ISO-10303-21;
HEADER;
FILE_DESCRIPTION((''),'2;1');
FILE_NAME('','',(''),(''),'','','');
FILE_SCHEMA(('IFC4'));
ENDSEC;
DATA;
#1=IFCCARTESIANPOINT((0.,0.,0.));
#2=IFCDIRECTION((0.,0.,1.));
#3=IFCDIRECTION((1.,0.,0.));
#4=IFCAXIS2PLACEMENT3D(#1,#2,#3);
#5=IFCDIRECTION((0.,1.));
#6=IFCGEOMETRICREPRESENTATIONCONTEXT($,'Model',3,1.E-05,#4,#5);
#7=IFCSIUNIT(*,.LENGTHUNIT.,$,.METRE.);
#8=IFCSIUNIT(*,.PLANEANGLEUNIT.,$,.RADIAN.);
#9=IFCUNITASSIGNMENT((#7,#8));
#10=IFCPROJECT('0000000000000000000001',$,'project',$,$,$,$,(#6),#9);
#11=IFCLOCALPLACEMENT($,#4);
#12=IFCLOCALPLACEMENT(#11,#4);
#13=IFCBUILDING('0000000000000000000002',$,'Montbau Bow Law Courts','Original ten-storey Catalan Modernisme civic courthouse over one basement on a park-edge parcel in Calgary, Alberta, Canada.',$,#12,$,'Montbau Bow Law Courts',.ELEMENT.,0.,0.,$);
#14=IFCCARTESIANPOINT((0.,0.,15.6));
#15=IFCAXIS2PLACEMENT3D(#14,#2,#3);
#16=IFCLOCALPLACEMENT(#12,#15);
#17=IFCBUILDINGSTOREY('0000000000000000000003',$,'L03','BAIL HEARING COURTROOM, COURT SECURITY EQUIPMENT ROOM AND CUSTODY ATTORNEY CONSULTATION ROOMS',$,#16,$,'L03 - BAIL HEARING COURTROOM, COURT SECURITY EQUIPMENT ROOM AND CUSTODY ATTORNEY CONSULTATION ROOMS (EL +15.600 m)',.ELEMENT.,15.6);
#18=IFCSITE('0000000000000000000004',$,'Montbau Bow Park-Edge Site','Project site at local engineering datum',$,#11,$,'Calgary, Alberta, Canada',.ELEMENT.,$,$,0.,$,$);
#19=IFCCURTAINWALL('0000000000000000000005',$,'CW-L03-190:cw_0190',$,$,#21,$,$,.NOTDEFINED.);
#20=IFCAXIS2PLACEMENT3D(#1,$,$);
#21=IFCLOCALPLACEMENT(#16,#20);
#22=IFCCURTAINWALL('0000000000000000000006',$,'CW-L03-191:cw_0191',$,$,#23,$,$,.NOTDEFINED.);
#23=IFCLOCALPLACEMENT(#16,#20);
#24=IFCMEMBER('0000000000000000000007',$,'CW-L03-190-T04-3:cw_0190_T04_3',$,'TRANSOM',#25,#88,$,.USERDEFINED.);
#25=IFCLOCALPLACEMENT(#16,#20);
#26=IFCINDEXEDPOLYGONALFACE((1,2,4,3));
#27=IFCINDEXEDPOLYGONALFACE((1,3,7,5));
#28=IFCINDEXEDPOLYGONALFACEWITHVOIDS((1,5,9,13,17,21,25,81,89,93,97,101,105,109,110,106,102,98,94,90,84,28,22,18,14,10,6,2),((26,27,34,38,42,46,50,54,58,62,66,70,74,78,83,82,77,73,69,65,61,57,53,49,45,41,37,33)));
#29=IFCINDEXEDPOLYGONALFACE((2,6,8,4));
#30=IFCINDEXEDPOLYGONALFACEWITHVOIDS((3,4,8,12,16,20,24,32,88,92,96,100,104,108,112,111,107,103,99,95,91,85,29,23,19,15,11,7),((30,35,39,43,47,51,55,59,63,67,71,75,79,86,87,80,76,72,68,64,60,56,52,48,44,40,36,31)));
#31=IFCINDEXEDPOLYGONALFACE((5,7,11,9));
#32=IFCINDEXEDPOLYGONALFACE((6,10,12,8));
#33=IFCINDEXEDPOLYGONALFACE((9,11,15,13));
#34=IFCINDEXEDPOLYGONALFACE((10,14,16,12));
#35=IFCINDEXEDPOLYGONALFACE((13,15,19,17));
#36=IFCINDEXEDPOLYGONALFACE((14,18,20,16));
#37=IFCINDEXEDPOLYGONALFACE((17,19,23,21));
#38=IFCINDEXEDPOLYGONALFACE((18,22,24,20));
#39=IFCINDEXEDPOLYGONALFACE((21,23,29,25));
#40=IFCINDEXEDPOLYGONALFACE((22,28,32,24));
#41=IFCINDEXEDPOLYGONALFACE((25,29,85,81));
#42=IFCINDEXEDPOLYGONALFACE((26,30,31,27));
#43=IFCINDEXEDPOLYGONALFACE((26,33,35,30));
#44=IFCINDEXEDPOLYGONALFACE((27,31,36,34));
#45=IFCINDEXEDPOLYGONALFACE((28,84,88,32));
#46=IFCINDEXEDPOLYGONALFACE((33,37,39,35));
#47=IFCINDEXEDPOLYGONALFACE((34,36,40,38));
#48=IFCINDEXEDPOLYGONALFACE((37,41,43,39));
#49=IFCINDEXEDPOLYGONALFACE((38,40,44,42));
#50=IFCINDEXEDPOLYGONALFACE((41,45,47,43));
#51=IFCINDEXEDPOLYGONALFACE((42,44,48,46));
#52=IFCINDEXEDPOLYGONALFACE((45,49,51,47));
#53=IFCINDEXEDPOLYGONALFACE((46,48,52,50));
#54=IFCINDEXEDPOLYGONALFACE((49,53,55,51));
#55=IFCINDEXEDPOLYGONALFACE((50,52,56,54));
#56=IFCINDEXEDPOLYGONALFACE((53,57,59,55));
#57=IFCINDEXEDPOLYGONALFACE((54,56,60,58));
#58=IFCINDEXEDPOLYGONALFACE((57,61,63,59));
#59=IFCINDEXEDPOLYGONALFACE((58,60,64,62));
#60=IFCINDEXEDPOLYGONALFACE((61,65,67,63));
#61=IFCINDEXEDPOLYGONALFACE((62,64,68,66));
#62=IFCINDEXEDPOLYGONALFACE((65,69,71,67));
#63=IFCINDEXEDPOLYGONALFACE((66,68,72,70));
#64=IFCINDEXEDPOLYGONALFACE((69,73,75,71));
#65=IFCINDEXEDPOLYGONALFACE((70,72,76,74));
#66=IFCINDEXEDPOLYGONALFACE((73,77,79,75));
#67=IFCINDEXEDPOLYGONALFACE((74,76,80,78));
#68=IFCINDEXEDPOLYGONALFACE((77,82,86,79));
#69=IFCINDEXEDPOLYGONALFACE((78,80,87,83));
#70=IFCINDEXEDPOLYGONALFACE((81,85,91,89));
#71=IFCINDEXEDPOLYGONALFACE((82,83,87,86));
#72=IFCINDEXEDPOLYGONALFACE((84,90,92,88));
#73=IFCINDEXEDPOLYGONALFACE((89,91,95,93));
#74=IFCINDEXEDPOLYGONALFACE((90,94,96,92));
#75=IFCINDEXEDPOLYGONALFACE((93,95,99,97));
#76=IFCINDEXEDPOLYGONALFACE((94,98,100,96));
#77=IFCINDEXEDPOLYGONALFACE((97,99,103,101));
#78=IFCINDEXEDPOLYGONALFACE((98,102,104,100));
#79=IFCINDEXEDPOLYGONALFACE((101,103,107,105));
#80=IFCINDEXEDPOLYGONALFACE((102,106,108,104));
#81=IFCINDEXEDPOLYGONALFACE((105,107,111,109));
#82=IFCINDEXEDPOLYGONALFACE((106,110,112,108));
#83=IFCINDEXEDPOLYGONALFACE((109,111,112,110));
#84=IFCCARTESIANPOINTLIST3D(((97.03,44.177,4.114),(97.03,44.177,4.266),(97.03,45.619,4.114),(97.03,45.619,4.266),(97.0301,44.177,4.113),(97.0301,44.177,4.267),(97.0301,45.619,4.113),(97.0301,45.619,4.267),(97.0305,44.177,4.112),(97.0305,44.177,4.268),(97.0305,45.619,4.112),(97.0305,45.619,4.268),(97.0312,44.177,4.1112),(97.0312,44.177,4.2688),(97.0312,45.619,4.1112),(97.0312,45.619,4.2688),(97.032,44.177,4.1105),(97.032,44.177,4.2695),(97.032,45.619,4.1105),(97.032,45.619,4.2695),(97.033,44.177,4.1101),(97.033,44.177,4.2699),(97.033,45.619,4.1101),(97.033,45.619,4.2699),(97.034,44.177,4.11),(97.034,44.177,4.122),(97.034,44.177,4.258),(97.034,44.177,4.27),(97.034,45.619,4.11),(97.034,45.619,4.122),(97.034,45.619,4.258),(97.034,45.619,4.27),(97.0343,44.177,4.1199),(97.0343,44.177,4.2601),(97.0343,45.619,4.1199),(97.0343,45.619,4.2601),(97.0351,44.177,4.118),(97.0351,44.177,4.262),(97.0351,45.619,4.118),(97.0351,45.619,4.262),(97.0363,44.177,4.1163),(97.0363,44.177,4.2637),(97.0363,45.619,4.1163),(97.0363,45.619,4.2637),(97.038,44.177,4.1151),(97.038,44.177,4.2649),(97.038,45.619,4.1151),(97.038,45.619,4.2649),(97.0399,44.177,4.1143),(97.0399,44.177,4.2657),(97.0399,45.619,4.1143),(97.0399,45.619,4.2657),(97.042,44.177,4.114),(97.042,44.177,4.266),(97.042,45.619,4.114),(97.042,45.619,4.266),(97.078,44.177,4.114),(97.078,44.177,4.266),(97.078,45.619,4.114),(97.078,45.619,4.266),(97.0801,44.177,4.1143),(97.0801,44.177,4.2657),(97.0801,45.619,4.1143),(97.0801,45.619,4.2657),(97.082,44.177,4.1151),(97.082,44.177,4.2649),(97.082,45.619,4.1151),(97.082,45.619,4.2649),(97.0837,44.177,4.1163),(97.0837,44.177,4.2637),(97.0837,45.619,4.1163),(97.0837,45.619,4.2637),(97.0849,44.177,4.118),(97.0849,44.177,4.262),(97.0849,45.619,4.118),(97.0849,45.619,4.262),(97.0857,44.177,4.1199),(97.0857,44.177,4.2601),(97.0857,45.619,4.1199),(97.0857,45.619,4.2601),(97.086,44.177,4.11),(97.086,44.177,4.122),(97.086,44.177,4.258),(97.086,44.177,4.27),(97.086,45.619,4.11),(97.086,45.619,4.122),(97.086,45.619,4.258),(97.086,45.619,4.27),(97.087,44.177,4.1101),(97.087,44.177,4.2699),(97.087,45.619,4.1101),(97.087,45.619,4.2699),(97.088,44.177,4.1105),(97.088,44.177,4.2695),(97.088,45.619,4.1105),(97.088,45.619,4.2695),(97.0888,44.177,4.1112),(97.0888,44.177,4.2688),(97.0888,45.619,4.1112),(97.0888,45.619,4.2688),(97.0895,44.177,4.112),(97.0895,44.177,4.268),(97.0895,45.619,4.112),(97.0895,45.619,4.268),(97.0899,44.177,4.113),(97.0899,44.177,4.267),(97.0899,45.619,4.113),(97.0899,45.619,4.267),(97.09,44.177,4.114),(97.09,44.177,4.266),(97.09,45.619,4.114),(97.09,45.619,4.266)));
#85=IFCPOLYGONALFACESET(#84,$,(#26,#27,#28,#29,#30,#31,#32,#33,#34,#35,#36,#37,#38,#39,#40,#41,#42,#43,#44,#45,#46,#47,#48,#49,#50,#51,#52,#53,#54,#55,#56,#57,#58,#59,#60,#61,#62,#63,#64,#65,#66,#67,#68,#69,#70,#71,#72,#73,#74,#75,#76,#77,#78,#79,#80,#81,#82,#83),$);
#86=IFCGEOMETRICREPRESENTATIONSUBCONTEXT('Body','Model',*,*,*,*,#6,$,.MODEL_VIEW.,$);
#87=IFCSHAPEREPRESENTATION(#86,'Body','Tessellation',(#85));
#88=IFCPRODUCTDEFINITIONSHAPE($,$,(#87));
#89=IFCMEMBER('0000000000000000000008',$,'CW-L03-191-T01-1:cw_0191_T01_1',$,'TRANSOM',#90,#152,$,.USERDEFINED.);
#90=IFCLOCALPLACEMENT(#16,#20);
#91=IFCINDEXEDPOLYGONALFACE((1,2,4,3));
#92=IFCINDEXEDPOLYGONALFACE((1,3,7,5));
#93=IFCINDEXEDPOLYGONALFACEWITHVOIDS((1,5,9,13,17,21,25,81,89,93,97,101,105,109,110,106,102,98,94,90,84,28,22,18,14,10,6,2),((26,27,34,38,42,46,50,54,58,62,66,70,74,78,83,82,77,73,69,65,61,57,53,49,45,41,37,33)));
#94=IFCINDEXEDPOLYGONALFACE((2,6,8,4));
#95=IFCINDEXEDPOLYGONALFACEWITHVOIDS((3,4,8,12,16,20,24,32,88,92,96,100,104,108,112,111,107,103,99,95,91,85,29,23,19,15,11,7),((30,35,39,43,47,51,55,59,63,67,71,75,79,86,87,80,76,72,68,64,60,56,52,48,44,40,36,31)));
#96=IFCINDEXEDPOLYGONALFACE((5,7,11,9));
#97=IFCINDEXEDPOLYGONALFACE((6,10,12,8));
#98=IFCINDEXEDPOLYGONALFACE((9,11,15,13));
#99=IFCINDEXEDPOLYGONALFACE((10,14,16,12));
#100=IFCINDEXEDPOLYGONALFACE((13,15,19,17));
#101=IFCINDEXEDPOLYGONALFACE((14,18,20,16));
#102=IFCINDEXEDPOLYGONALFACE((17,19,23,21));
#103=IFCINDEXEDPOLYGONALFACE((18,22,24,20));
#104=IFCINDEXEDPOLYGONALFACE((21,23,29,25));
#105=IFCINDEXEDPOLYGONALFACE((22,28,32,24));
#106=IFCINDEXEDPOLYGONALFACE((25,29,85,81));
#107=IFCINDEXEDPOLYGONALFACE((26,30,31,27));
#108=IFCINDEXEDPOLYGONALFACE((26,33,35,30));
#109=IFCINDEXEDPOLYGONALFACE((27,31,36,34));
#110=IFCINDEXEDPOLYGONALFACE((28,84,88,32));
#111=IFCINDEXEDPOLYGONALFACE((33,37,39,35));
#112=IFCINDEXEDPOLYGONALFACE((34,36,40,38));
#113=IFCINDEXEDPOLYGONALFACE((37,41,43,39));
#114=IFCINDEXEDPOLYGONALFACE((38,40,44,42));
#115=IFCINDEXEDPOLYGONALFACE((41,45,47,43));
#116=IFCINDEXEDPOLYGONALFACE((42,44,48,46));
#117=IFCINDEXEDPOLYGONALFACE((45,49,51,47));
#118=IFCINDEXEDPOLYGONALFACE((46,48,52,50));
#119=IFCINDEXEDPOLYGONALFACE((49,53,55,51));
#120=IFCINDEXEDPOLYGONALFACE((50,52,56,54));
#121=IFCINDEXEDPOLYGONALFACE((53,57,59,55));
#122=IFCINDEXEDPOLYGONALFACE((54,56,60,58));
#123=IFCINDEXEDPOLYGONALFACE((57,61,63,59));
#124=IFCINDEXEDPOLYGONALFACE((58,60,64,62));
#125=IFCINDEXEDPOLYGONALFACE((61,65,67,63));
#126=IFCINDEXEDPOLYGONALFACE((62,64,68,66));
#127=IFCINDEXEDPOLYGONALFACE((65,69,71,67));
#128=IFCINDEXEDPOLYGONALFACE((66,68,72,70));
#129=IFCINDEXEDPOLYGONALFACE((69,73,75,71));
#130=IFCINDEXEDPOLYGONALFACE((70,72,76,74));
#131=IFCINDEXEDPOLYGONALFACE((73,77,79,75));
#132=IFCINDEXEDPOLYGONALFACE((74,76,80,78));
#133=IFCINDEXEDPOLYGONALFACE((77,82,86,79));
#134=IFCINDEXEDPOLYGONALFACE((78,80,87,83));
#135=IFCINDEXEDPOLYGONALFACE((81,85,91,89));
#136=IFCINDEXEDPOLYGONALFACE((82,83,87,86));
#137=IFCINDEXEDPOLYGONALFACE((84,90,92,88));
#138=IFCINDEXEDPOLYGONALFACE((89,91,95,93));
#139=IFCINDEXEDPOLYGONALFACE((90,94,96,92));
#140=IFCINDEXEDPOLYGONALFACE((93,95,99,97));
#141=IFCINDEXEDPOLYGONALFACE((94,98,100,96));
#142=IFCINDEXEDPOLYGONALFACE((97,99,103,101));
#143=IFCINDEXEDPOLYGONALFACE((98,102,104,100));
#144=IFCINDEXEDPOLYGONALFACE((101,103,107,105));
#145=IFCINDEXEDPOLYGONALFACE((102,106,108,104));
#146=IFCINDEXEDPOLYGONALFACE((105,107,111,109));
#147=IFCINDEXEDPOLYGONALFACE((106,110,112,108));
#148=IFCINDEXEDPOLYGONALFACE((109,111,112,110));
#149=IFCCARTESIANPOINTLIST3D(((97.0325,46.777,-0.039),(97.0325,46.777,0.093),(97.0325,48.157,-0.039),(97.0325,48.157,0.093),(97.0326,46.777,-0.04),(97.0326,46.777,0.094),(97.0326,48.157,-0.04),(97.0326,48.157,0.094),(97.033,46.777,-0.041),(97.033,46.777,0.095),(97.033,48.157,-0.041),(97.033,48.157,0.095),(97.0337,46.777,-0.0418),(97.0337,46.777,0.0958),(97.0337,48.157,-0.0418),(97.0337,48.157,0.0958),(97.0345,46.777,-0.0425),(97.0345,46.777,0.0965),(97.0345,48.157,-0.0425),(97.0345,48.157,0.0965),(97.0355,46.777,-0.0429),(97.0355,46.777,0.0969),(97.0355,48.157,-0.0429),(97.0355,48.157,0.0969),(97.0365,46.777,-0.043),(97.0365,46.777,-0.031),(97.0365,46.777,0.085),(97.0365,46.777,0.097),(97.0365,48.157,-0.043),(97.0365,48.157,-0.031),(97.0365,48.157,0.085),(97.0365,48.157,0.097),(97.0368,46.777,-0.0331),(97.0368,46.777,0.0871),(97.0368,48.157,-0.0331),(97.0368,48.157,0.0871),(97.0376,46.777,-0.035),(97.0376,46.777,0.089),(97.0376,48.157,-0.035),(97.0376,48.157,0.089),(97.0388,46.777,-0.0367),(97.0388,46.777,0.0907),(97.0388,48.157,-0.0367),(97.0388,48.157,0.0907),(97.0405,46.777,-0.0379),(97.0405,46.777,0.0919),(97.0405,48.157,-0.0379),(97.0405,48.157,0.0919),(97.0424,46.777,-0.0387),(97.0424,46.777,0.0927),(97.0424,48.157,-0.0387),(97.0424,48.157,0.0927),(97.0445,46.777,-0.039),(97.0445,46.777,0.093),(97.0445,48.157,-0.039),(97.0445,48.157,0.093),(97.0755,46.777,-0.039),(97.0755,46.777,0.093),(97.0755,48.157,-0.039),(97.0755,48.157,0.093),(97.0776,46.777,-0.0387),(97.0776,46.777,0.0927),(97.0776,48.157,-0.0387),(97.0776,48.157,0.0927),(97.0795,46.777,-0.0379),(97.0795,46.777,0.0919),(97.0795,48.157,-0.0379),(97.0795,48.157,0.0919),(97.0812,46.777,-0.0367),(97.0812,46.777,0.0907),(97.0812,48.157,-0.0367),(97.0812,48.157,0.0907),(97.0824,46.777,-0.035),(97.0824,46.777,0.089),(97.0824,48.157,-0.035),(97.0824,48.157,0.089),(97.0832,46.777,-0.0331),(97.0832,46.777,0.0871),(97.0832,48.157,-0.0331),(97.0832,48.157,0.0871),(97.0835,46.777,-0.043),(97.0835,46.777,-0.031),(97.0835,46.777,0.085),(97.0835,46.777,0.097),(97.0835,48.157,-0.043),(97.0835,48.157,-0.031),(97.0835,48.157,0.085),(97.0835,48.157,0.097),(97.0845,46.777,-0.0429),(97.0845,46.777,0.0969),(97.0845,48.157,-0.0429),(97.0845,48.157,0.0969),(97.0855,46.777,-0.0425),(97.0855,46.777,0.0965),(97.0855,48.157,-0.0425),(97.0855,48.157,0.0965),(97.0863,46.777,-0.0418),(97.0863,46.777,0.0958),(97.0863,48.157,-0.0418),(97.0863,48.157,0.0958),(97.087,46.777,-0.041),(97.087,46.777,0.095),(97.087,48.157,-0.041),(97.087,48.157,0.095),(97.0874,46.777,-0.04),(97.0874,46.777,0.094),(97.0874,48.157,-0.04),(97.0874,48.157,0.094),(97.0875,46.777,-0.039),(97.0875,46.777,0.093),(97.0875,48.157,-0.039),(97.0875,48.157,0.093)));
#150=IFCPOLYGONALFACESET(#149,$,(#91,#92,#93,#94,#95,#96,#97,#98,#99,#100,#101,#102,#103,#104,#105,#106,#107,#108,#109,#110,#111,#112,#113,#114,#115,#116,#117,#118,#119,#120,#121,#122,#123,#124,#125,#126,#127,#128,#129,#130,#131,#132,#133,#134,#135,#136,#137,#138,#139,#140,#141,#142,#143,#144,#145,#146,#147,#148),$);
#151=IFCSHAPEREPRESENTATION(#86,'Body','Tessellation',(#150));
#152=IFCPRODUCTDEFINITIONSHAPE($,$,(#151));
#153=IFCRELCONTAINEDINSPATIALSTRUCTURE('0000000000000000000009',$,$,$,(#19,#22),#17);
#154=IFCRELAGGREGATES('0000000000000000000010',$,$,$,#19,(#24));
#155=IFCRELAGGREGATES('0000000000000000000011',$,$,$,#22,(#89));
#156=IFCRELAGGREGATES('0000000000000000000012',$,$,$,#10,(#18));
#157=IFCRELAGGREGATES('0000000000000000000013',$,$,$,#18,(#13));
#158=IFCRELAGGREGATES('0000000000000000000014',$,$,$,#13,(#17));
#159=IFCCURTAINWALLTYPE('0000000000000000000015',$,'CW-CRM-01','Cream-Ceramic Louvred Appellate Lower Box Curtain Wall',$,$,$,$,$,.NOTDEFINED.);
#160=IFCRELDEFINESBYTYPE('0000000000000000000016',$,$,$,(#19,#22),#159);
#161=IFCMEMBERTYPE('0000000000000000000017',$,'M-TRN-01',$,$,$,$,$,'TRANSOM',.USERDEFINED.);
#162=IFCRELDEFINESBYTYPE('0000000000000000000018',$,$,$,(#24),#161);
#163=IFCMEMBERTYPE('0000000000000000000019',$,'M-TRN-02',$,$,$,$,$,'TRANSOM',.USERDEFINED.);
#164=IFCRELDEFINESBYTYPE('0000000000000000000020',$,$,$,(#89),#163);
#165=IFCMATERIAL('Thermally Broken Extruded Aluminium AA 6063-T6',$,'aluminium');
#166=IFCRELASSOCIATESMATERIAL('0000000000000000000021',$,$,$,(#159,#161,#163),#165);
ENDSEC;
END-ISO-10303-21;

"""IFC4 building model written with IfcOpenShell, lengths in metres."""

from ifc_helpers import new_model, si_unit, direction, frame, origin_with_axes, origin_2d_with_axis, place, context, subcontext, project, spatial, hollow_rectangle, extrude, material, material_profile, profile_set, type_object, element, aggregate, save


model = new_model("IFC4")

# Units and contexts
model_context = context("Model", 3, precision=1e-05, world=origin_with_axes(), true_north=direction((0.0, 1.0)))
body_context = subcontext(model_context, "Body", "Model", "MODEL_VIEW")
ifc_project = project(units=[si_unit("LENGTHUNIT", "METRE"), si_unit("PLANEANGLEUNIT", "RADIAN")], contexts=[model_context])

# Site, building, storey
site_placement = place(None, origin_with_axes())
site = spatial("IfcSite", under=ifc_project, at=site_placement, Name="Montbau Bow Park-Edge Site", Description="Project site at local engineering datum", LongName="Calgary, Alberta, Canada", CompositionType="ELEMENT", RefElevation=0.0)
building_placement = place(site_placement, origin_with_axes())
building = spatial("IfcBuilding", under=site, at=building_placement, Name="Montbau Bow Law Courts", Description="Original ten-storey Catalan Modernisme civic courthouse over one basement on a park-edge parcel in Calgary, Alberta, Canada.", LongName="Montbau Bow Law Courts", CompositionType="ELEMENT", ElevationOfRefHeight=0.0, ElevationOfTerrain=0.0)
storey_placement = place(building_placement, frame((0.0, 0.0, 15.6), z_axis=(0.0, 0.0, 1.0), x_axis=(1.0, 0.0, 0.0)))
storey = spatial("IfcBuildingStorey", under=building, at=storey_placement, Name="L03", Description="BAIL HEARING COURTROOM, COURT SECURITY EQUIPMENT ROOM AND CUSTODY ATTORNEY CONSULTATION ROOMS", LongName="L03 - BAIL HEARING COURTROOM, COURT SECURITY EQUIPMENT ROOM AND CUSTODY ATTORNEY CONSULTATION ROOMS (EL +15.600 m)", CompositionType="ELEMENT", Elevation=15.6)

# Curtain walls
ifc_material_1 = material(Name="Thermally Broken Extruded Aluminium AA 6063-T6", Category="aluminium")
curtain_wall_type = type_object("IfcCurtainWallType", Name="CW-CRM-01", Description="Cream-Ceramic Louvred Appellate Lower Box Curtain Wall", PredefinedType="NOTDEFINED", material=ifc_material_1)
curtain_wall_1_placement = place(None, frame((97.06, 39.515, 15.6), z_axis=(0.0, 0.0, 1.0), x_axis=(1.0, 0.0, 0.0)))
curtain_wall_1 = element("IfcCurtainWall", 1, at=curtain_wall_1_placement, inside=storey, type_object=curtain_wall_type, Name="CW-L03-190:cw_0190", PredefinedType="NOTDEFINED")
curtain_wall_2_placement = place(None, frame((97.06, 46.715, 15.6), z_axis=(0.0, 0.0, 1.0), x_axis=(1.0, 0.0, 0.0)))
curtain_wall_2 = element("IfcCurtainWall", 2, at=curtain_wall_2_placement, inside=storey, type_object=curtain_wall_type, Name="CW-L03-191:cw_0191", PredefinedType="NOTDEFINED")

# Members
ifc_material_profile_1 = material_profile(ifc_material_1, hollow_rectangle(XDim=0.06, YDim=0.16, WallThickness=0.004, InnerFilletRadius=0.008, OuterFilletRadius=0.004, at=origin_2d_with_axis()), Name="CWT-160X60", Category="Main", Priority=0)
ifc_profile_set_1 = profile_set([ifc_material_profile_1], Name="Thermally Broken Extruded Aluminium AA 6063-T6")
member_type_1 = type_object("IfcMemberType", Name="M-TRN-01", ElementType="TRANSOM", PredefinedType="USERDEFINED", material=ifc_profile_set_1)
member_1_placement = place(None, frame((97.06, 44.177, 19.79), z_axis=(0.0, 1.0, 0.0), x_axis=(-1.0, 0.0, 0.0)))
member_1 = element("IfcMember", 3, at=member_1_placement, type_object=member_type_1, Name="CW-L03-190-T04-3:cw_0190_T04_3", ObjectType="TRANSOM", PredefinedType="USERDEFINED", context=body_context, shape_type="SweptSolid", body=[
    extrude(hollow_rectangle(XDim=0.06, YDim=0.16, WallThickness=0.004, InnerFilletRadius=0.008, OuterFilletRadius=0.004, at=origin_2d_with_axis()), origin_with_axes(), (0.0, 0.0, 1.0), 1.442),
])
ifc_material_profile_2 = material_profile(ifc_material_1, hollow_rectangle(XDim=0.055, YDim=0.14, WallThickness=0.004, InnerFilletRadius=0.008, OuterFilletRadius=0.004, at=origin_2d_with_axis()), Name="CWT-140X55", Category="Main", Priority=0)
ifc_profile_set_2 = profile_set([ifc_material_profile_2], Name="Thermally Broken Extruded Aluminium AA 6063-T6")
member_type_2 = type_object("IfcMemberType", Name="M-TRN-02", ElementType="TRANSOM", PredefinedType="USERDEFINED", material=ifc_profile_set_2)
member_2_placement = place(None, frame((97.06, 46.777, 15.627), z_axis=(0.0, 1.0, 0.0), x_axis=(-1.0, 0.0, 0.0)))
member_2 = element("IfcMember", 4, at=member_2_placement, type_object=member_type_2, Name="CW-L03-191-T01-1:cw_0191_T01_1", ObjectType="TRANSOM", PredefinedType="USERDEFINED", context=body_context, shape_type="SweptSolid", body=[
    extrude(hollow_rectangle(XDim=0.055, YDim=0.14, WallThickness=0.004, InnerFilletRadius=0.008, OuterFilletRadius=0.004, at=origin_2d_with_axis()), origin_with_axes(), (0.0, 0.0, 1.0), 1.38),
])

aggregate(curtain_wall_1, [member_1])
aggregate(curtain_wall_2, [member_2])

save(model, "model.ifc")
